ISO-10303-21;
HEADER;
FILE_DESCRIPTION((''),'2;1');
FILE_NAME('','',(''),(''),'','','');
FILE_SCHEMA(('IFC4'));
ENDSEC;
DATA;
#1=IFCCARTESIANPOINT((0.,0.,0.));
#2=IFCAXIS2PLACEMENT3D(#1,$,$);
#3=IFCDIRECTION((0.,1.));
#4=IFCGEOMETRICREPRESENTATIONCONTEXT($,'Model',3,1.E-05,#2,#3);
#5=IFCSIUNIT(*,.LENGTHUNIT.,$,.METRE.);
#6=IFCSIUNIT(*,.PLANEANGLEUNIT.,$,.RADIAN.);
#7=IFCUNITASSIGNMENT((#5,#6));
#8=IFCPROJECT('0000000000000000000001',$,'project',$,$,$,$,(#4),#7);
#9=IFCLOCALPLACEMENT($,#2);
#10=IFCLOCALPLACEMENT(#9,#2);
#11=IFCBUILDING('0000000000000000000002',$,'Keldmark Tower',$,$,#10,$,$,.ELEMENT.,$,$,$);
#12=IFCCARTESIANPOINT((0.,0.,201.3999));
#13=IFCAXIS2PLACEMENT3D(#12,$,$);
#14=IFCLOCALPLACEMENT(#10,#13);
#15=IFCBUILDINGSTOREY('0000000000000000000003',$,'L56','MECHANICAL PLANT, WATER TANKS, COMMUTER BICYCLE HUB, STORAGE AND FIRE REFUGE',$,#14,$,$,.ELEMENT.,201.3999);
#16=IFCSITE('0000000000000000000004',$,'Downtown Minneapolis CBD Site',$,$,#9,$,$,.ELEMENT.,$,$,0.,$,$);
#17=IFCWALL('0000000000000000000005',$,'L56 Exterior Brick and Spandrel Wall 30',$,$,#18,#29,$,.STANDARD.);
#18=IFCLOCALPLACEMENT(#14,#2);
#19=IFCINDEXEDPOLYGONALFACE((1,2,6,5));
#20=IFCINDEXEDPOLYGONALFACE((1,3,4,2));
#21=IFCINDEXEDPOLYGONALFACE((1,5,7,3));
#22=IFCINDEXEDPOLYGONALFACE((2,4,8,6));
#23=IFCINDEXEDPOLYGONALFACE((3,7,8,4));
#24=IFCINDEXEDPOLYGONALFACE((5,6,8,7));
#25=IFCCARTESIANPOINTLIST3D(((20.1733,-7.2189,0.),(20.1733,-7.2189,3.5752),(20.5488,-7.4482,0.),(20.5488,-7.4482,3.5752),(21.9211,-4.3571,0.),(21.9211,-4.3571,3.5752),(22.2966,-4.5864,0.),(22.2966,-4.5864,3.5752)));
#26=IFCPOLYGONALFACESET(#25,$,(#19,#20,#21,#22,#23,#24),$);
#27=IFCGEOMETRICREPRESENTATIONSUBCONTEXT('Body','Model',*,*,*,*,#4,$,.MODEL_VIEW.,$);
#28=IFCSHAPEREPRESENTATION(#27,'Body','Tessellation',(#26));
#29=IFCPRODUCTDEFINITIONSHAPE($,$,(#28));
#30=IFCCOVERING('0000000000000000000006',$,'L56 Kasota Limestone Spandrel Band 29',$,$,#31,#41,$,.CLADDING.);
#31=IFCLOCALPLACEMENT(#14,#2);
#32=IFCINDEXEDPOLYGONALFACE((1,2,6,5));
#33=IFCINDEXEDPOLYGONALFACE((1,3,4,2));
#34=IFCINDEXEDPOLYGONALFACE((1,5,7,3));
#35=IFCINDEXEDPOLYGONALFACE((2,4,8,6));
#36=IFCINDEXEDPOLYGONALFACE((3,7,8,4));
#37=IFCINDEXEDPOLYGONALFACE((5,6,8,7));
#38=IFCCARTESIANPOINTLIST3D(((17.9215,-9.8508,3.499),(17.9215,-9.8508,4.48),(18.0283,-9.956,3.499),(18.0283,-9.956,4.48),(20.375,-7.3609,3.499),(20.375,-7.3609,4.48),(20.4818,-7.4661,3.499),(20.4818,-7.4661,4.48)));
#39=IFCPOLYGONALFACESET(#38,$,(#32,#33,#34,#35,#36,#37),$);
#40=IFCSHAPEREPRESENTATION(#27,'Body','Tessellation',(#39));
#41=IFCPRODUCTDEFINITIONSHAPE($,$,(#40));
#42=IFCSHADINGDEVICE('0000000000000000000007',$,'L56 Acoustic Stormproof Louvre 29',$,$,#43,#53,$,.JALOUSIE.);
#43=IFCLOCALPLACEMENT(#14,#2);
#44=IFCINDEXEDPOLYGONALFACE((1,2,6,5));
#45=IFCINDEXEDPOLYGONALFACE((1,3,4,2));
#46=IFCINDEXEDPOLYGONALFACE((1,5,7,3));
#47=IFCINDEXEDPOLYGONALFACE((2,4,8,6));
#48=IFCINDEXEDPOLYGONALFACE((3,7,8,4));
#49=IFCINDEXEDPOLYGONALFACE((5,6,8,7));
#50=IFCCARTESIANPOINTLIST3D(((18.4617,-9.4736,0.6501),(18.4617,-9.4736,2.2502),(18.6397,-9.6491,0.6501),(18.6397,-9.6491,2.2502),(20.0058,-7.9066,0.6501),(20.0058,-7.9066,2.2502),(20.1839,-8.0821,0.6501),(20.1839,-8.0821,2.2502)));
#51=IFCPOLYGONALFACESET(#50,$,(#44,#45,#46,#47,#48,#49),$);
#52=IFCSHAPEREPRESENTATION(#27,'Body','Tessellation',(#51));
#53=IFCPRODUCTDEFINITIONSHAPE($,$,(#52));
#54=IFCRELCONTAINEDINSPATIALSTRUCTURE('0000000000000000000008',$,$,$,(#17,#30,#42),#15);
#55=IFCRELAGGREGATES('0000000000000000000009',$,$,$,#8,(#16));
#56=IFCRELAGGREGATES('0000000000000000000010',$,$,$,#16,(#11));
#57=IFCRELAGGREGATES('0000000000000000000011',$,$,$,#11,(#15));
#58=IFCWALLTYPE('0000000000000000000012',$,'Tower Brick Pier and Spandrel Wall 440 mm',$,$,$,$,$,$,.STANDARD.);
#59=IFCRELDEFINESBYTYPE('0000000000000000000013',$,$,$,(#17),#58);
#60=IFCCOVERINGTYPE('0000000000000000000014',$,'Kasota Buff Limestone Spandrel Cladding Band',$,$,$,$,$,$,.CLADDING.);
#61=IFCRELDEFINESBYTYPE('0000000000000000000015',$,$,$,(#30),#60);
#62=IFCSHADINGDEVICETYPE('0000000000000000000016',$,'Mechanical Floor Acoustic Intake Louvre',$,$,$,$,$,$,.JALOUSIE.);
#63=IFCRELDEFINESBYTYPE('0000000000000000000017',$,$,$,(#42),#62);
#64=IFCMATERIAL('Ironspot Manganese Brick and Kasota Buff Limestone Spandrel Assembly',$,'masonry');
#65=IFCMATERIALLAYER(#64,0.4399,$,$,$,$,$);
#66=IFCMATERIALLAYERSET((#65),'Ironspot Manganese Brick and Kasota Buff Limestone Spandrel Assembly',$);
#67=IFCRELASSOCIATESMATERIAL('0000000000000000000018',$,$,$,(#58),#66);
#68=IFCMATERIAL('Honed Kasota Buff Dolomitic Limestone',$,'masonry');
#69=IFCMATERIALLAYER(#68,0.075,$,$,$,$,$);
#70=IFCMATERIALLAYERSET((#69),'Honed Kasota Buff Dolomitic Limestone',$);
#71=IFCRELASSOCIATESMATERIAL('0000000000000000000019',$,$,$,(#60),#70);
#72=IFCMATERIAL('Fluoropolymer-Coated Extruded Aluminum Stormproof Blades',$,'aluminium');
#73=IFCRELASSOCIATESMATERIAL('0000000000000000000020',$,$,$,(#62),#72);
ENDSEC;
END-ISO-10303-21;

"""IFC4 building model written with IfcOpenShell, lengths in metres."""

from ifc_helpers import new_model, si_unit, direction, frame, frame_2d, origin, origin_2d, place, context, subcontext, project, spatial, rectangle, extrude, material, layer, layer_set, type_object, element, save


model = new_model("IFC4")

# Units and contexts
model_context = context("Model", 3, precision=1e-05, world=origin(), true_north=direction((0.0, 1.0)))
body_context = subcontext(model_context, "Body", "Model", "MODEL_VIEW")
ifc_project = project(units=[si_unit("LENGTHUNIT", "METRE"), si_unit("PLANEANGLEUNIT", "RADIAN")], contexts=[model_context])

# Site, building, storey
site_placement = place(None, origin())
site = spatial("IfcSite", under=ifc_project, at=site_placement, Name="Downtown Minneapolis CBD Site", CompositionType="ELEMENT", RefElevation=0.0)
building_placement = place(site_placement, origin())
building = spatial("IfcBuilding", under=site, at=building_placement, Name="Keldmark Tower", CompositionType="ELEMENT")
storey_placement = place(building_placement, frame((0.0, 0.0, 201.3999)))
storey = spatial("IfcBuildingStorey", under=building, at=storey_placement, Name="L56", Description="MECHANICAL PLANT, WATER TANKS, COMMUTER BICYCLE HUB, STORAGE AND FIRE REFUGE", CompositionType="ELEMENT", Elevation=201.3999)

# Wall
ifc_material_1 = material(Name="Ironspot Manganese Brick and Kasota Buff Limestone Spandrel Assembly", Category="masonry")
ifc_layer_1 = layer(ifc_material_1, 0.4399)
ifc_layer_set_1 = layer_set([ifc_layer_1], Name="Ironspot Manganese Brick and Kasota Buff Limestone Spandrel Assembly")
wall_type_1 = type_object("IfcWallType", Name="Tower Brick Pier and Spandrel Wall 440 mm", PredefinedType="STANDARD", material=ifc_layer_set_1)
wall_1_placement = place(storey_placement, frame((22.1089, -4.4717, 0.0), z_axis=(0.0, 0.0, 1.0), x_axis=(-0.521214, -0.853426, 0.0)))
element("IfcWall", 1, at=wall_1_placement, inside=storey, type_object=wall_type_1, Name="L56 Exterior Brick and Spandrel Wall 30", PredefinedType="STANDARD", context=body_context, shape_type="SweptSolid", body=[
    extrude(rectangle(XDim=3.3533, YDim=0.4399, at=frame_2d((1.6768, 0.0))), origin(), (0.0, 0.0, 1.0), 3.5752),
])

# Covering
ifc_material_2 = material(Name="Honed Kasota Buff Dolomitic Limestone", Category="masonry")
ifc_layer_2 = layer(ifc_material_2, 0.075)
ifc_layer_set_2 = layer_set([ifc_layer_2], Name="Honed Kasota Buff Dolomitic Limestone")
covering_type = type_object("IfcCoveringType", Name="Kasota Buff Limestone Spandrel Cladding Band", PredefinedType="CLADDING", material=ifc_layer_set_2)
covering_placement = place(storey_placement, frame((19.2017, -8.6584, 3.499), z_axis=(0.0, 0.0, 1.0), x_axis=(0.701892, 0.712283, 0.0)))
element("IfcCovering", 2, at=covering_placement, inside=storey, type_object=covering_type, Name="L56 Kasota Limestone Spandrel Band 29", PredefinedType="CLADDING", context=body_context, shape_type="SweptSolid", body=[
    extrude(rectangle(XDim=3.4956, YDim=0.1499, at=origin_2d()), origin(), (0.0, 0.0, 1.0), 0.981),
])

# Shading device
ifc_material_3 = material(Name="Fluoropolymer-Coated Extruded Aluminum Stormproof Blades", Category="aluminium")
shading_device_type = type_object("IfcShadingDeviceType", Name="Mechanical Floor Acoustic Intake Louvre", PredefinedType="JALOUSIE", material=ifc_material_3)
shading_device_placement = place(storey_placement, frame((19.3228, -8.7778, 0.6501), z_axis=(0.0, 0.0, 1.0), x_axis=(0.701892, 0.712283, 0.0)))
element("IfcShadingDevice", 3, at=shading_device_placement, inside=storey, type_object=shading_device_type, Name="L56 Acoustic Stormproof Louvre 29", PredefinedType="JALOUSIE", context=body_context, shape_type="SweptSolid", body=[
    extrude(rectangle(XDim=2.2, YDim=0.25, at=origin_2d()), origin(), (0.0, 0.0, 1.0), 1.6001),
])

save(model, "model.ifc")
